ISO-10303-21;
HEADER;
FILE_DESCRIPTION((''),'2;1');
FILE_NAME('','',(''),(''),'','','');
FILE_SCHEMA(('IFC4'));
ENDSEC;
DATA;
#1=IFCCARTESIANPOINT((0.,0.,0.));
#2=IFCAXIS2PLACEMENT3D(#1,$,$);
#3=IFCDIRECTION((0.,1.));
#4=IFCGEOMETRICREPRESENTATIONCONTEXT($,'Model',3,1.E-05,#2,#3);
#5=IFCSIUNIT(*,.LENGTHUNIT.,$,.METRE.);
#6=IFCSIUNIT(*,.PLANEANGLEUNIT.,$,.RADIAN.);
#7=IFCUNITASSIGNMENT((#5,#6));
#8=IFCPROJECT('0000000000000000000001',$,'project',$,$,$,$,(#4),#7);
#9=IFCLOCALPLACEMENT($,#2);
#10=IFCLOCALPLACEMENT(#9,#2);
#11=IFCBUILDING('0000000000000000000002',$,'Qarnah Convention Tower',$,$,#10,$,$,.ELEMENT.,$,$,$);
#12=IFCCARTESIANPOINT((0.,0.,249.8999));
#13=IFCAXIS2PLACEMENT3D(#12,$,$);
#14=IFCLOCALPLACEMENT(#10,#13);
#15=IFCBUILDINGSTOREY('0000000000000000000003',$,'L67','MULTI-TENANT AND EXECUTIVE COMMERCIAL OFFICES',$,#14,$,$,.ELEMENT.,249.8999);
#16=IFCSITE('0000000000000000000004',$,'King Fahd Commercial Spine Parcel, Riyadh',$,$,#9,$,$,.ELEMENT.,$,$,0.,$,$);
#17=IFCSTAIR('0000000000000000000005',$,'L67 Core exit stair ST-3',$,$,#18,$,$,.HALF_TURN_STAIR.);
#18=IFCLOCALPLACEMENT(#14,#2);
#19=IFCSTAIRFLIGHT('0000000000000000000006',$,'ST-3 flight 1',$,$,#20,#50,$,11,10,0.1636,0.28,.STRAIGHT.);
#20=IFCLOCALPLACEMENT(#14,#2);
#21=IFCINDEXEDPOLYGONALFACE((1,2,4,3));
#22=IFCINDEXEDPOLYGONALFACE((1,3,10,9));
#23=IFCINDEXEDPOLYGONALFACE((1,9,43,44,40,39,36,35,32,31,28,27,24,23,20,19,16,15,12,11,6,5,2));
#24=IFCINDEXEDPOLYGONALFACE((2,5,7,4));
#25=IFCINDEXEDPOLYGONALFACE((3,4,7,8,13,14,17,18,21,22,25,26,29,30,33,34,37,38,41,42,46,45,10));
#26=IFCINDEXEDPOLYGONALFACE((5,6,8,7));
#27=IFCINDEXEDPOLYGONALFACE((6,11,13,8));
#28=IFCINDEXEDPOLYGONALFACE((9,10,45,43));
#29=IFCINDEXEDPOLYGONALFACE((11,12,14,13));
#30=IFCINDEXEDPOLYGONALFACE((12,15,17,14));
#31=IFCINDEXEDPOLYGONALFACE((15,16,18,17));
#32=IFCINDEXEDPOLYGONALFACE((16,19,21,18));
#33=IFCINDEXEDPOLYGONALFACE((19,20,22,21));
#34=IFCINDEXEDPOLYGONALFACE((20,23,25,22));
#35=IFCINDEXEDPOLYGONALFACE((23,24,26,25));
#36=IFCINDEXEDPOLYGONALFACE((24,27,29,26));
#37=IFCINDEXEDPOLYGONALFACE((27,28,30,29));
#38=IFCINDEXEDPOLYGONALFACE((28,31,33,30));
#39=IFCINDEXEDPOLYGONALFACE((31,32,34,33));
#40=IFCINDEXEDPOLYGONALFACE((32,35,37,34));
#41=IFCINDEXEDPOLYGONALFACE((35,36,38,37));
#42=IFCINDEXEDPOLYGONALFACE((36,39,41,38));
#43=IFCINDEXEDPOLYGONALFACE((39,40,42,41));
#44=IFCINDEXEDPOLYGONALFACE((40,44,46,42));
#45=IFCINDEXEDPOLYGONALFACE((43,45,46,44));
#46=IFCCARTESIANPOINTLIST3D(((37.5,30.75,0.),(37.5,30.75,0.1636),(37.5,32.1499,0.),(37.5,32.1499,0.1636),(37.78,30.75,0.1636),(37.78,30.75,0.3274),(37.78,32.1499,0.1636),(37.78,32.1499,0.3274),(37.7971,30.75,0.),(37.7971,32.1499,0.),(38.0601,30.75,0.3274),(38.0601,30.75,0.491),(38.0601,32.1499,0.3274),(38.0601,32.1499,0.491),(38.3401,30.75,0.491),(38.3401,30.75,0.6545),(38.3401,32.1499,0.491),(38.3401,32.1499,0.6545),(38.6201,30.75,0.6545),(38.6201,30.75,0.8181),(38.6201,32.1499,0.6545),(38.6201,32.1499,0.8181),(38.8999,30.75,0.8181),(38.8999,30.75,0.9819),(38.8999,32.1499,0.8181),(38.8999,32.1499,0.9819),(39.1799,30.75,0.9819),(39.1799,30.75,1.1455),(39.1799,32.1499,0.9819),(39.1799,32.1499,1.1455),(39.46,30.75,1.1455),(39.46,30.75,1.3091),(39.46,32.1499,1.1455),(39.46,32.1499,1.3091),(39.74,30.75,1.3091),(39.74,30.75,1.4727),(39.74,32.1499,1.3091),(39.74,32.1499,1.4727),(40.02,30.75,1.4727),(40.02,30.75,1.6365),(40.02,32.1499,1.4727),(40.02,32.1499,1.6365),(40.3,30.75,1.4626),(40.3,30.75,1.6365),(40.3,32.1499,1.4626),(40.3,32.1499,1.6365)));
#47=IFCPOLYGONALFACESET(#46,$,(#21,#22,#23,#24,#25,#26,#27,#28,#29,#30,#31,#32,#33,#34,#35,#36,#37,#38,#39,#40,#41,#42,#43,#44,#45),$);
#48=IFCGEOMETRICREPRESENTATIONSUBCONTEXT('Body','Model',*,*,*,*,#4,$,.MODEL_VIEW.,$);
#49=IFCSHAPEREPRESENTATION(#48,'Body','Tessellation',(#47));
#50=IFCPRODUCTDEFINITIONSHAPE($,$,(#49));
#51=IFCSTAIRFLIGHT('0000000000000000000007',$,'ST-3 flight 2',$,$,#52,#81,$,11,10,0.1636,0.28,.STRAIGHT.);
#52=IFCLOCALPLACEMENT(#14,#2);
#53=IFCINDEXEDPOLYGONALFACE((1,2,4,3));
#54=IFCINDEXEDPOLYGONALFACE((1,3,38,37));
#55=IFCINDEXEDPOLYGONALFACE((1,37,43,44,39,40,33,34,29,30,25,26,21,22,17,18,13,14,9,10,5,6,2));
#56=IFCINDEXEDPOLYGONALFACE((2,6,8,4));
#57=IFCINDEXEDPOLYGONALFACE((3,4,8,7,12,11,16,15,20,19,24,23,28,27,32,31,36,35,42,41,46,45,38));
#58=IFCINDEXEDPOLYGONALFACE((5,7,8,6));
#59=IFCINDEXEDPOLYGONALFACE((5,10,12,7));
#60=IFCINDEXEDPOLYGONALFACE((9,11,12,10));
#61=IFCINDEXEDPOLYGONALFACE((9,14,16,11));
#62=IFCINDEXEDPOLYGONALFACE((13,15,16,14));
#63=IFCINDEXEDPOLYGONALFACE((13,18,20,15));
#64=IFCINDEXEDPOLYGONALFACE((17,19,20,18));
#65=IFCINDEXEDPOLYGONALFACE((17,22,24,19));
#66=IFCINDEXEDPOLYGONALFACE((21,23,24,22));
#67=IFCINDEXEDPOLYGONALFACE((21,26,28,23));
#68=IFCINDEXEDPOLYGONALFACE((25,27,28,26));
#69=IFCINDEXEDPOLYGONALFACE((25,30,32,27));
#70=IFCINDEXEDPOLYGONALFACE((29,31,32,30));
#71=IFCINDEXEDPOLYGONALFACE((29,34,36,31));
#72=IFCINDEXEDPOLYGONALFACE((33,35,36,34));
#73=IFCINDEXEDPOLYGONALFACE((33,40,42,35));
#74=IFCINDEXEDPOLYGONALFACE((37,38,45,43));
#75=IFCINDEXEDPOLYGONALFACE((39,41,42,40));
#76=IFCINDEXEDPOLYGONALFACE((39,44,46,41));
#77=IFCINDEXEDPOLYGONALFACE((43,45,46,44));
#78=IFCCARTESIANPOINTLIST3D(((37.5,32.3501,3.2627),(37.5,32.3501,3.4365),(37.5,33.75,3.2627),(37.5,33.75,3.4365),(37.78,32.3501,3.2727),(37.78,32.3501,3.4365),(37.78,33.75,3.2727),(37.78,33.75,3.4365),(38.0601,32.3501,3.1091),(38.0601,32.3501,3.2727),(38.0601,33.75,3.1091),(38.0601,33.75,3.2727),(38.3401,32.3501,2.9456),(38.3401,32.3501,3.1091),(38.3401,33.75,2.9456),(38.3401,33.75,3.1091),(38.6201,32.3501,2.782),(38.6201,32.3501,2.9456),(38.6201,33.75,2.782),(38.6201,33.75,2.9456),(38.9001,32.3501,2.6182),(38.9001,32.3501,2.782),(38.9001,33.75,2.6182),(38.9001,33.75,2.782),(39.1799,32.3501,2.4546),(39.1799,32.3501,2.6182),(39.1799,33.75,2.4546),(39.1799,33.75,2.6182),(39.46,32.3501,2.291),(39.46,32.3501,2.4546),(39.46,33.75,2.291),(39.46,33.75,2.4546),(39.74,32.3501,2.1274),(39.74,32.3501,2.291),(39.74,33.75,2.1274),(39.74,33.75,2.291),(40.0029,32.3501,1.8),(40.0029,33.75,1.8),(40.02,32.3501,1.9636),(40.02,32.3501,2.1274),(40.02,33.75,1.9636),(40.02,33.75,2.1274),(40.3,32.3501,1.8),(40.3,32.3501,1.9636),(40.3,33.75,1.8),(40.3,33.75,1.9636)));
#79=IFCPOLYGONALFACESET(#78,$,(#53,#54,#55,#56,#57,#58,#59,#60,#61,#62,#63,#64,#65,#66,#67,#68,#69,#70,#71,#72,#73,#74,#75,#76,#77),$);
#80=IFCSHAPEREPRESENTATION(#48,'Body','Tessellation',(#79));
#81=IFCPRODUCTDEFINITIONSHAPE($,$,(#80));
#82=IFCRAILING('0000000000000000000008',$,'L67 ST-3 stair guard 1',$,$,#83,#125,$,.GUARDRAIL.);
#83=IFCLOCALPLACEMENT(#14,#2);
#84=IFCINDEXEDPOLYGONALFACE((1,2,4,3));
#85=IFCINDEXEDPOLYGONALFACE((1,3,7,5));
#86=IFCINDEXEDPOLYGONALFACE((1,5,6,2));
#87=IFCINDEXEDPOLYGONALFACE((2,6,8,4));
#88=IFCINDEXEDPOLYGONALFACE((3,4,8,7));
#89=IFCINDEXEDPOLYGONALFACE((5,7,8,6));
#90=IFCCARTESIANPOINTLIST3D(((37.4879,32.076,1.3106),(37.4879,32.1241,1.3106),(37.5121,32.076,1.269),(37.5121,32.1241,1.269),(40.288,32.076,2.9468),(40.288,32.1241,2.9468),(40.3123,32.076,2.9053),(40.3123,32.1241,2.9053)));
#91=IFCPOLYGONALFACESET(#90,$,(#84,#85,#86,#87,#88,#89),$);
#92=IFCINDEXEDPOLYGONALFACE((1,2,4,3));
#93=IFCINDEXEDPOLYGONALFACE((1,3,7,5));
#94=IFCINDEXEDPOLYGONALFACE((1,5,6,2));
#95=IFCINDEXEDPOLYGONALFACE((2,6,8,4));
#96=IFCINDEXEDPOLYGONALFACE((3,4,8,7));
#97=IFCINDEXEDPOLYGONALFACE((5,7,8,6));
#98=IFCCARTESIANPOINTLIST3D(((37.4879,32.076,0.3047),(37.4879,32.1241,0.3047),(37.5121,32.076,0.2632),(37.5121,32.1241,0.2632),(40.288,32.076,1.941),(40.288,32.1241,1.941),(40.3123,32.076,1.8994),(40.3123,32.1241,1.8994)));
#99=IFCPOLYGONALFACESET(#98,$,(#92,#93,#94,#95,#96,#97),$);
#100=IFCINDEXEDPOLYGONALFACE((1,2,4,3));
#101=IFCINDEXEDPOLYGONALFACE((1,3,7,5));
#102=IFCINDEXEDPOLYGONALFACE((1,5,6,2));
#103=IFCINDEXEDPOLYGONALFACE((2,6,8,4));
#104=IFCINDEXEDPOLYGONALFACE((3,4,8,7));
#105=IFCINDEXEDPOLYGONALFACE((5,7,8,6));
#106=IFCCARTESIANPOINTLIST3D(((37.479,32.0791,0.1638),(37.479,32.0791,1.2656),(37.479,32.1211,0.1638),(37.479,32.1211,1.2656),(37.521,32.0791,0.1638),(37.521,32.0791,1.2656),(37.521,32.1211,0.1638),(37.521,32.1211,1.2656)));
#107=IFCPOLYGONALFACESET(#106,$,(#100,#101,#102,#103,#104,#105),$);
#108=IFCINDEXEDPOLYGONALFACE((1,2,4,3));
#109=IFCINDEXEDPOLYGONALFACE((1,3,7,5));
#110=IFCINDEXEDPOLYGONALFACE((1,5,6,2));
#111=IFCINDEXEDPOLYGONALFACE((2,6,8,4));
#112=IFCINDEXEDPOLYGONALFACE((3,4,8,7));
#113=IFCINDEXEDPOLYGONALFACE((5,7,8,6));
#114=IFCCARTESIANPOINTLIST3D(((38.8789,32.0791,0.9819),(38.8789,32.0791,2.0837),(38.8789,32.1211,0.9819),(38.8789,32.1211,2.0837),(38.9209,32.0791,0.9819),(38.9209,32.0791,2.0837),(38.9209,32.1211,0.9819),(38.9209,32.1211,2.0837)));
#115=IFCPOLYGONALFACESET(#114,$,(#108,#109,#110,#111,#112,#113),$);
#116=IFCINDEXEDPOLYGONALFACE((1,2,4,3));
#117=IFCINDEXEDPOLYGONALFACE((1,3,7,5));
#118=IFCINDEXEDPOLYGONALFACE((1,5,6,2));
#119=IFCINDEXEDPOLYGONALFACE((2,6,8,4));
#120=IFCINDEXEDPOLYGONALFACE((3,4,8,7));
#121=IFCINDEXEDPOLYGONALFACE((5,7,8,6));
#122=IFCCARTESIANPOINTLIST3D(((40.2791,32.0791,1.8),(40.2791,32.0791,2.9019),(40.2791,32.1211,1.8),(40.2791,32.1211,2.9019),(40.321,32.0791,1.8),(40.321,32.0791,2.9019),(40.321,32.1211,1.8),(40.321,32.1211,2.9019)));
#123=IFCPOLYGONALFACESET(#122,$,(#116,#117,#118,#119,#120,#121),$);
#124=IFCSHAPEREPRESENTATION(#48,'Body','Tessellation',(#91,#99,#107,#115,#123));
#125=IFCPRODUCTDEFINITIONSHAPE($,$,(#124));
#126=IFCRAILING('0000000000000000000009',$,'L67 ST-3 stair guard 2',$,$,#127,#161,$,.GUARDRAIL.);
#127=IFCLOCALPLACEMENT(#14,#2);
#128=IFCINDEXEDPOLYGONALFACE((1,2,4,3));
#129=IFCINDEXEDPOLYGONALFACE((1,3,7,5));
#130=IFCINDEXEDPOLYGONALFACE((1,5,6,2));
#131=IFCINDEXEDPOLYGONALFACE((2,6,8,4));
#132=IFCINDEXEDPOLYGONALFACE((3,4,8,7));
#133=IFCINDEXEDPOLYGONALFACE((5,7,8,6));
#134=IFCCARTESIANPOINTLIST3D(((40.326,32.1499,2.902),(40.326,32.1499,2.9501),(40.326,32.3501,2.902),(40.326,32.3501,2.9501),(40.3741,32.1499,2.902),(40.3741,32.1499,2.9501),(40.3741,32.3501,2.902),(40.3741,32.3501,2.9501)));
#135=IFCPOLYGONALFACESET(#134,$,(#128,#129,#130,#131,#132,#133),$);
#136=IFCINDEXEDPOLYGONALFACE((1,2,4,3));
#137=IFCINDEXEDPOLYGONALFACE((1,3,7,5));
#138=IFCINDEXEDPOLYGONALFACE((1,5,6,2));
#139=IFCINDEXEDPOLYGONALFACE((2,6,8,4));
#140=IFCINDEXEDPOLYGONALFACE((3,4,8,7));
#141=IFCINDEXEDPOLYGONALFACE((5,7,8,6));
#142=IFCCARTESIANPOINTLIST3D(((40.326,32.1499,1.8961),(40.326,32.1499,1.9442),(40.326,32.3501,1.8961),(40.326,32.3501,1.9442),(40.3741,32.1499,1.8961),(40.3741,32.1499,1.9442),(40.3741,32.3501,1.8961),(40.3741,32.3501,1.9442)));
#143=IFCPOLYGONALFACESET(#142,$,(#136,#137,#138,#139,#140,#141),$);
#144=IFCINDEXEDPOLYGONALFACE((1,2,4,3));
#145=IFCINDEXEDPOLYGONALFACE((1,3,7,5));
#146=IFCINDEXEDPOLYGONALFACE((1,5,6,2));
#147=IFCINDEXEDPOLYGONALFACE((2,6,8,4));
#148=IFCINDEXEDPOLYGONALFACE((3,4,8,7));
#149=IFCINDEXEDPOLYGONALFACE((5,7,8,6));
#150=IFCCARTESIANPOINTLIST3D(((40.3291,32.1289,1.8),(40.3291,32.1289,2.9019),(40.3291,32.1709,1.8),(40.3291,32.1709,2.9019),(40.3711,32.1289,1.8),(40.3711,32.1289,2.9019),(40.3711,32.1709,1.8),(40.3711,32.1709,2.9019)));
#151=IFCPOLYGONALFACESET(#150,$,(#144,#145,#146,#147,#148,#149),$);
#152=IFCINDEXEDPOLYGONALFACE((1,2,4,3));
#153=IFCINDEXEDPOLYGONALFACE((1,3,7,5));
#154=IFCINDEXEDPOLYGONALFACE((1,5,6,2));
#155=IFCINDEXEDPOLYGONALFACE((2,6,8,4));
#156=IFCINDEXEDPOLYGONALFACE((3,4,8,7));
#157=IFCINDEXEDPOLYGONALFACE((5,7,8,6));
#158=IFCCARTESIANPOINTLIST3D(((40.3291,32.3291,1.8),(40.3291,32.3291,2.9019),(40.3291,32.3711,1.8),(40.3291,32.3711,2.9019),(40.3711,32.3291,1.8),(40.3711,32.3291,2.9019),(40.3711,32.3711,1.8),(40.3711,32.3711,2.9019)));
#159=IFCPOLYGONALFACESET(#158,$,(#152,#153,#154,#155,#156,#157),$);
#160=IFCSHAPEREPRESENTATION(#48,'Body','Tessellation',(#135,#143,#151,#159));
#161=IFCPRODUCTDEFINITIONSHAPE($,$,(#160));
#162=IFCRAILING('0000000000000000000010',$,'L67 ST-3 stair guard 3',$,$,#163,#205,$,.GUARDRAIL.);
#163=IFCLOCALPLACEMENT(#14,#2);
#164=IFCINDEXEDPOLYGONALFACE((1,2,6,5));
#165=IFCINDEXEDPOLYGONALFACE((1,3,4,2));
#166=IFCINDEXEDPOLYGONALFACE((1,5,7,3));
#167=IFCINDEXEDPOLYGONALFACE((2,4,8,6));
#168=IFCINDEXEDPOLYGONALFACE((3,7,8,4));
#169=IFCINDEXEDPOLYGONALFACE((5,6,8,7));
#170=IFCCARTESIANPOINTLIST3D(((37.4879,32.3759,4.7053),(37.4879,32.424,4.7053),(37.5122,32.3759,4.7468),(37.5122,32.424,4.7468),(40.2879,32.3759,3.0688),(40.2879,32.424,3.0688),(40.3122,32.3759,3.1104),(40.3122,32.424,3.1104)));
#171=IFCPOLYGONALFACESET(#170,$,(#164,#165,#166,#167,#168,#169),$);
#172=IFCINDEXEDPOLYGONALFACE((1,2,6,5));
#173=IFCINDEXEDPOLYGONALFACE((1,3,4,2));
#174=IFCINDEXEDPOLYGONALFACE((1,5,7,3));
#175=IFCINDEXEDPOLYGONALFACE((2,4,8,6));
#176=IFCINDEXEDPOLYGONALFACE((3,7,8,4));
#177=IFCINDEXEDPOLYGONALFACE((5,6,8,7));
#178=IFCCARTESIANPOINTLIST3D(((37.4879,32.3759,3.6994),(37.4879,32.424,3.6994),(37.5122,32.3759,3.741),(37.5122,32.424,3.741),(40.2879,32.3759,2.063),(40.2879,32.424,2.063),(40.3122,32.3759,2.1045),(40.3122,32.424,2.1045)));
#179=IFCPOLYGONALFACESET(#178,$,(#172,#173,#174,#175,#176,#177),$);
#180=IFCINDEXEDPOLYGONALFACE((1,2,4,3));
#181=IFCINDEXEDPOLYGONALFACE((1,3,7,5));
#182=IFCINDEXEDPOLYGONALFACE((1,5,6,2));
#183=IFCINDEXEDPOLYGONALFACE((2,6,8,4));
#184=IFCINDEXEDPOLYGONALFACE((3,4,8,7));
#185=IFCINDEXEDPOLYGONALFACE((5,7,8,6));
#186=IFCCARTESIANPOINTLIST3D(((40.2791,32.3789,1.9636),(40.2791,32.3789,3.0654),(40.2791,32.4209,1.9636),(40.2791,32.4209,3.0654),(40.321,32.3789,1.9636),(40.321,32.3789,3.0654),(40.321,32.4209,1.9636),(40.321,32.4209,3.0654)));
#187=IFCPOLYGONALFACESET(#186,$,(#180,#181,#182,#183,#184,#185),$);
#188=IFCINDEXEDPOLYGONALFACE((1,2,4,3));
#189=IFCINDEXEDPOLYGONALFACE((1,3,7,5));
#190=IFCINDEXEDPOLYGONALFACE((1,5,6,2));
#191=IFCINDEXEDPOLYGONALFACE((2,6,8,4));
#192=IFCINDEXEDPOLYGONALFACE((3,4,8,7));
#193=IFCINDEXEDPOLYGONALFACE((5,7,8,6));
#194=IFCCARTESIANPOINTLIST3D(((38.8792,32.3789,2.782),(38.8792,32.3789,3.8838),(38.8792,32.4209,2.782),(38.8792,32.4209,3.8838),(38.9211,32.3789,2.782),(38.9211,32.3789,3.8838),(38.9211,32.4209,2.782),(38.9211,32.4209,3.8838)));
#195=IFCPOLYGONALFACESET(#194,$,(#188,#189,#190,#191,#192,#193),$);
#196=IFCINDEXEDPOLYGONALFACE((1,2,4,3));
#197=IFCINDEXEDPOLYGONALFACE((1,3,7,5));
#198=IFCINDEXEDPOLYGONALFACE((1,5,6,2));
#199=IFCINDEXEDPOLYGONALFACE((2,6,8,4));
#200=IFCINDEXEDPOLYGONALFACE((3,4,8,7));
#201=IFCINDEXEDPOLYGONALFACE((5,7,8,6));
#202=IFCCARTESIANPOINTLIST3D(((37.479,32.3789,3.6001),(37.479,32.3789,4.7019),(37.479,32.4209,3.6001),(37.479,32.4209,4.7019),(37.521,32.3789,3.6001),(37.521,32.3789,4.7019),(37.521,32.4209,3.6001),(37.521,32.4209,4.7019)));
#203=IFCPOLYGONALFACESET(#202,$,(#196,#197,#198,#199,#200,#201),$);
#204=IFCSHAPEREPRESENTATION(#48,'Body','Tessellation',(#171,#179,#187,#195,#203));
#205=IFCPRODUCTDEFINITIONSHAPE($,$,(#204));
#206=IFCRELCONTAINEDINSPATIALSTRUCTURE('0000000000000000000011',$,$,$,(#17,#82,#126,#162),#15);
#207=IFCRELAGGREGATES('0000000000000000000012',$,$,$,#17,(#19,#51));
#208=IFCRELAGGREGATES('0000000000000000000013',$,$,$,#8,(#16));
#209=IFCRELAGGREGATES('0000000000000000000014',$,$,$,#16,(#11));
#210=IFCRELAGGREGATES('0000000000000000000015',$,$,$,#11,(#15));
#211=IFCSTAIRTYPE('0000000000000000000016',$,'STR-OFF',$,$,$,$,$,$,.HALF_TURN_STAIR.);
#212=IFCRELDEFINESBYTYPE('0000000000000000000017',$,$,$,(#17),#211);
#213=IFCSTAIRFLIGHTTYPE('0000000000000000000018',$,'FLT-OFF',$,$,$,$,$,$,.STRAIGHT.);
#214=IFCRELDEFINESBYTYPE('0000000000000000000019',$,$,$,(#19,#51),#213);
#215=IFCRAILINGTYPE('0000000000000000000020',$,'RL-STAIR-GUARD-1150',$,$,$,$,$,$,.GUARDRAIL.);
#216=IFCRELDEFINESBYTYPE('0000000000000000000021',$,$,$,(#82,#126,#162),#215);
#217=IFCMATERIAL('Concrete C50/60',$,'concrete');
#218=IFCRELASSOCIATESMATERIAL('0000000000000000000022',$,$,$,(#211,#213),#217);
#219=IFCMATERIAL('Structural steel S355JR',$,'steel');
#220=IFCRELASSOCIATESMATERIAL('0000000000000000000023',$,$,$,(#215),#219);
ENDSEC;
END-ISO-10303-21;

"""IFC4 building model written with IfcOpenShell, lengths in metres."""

from ifc_helpers import new_model, si_unit, direction, frame, origin, origin_2d, place, context, subcontext, project, spatial, polyline, rectangle, outline, extrude, material, type_object, element, aggregate, save


model = new_model("IFC4")

# Units and contexts
model_context = context("Model", 3, precision=1e-05, world=origin(), true_north=direction((0.0, 1.0)))
body_context = subcontext(model_context, "Body", "Model", "MODEL_VIEW")
ifc_project = project(units=[si_unit("LENGTHUNIT", "METRE"), si_unit("PLANEANGLEUNIT", "RADIAN")], contexts=[model_context])

# Site, building, storey
site_placement = place(None, origin())
site = spatial("IfcSite", under=ifc_project, at=site_placement, Name="King Fahd Commercial Spine Parcel, Riyadh", CompositionType="ELEMENT", RefElevation=0.0)
building_placement = place(site_placement, origin())
building = spatial("IfcBuilding", under=site, at=building_placement, Name="Qarnah Convention Tower", CompositionType="ELEMENT")
storey_placement = place(building_placement, frame((0.0, 0.0, 249.8999)))
storey = spatial("IfcBuildingStorey", under=building, at=storey_placement, Name="L67", Description="MULTI-TENANT AND EXECUTIVE COMMERCIAL OFFICES", CompositionType="ELEMENT", Elevation=249.8999)

# Shared definitions
ifc_material_1 = material(Name="Concrete C50/60", Category="concrete")

# Shared definitions
ifc_material_2 = material(Name="Structural steel S355JR", Category="steel")

# Stair, stair flights
stair_type = type_object("IfcStairType", Name="STR-OFF", PredefinedType="HALF_TURN_STAIR", material=ifc_material_1)
stair_placement = place(storey_placement, origin())
stair = element("IfcStair", 1, at=stair_placement, inside=storey, type_object=stair_type, Name="L67 Core exit stair ST-3", PredefinedType="HALF_TURN_STAIR")
stair_flight_type = type_object("IfcStairFlightType", Name="FLT-OFF", PredefinedType="STRAIGHT", material=ifc_material_1)
stair_flight_1_placement = place(storey_placement, frame((37.5, 31.45, 0.0), z_axis=(0.0, 0.0, 1.0), x_axis=(1.0, 0.0, 0.0)))
stair_flight_1 = element("IfcStairFlight", 2, at=stair_flight_1_placement, type_object=stair_flight_type, Name="ST-3 flight 1", NumberOfRisers=11, NumberOfTreads=10, PredefinedType="STRAIGHT", RiserHeight=0.1636, TreadLength=0.28, context=body_context, shape_type="SweptSolid", body=[
    extrude(outline(polyline([(0.0, 0.0), (0.0, 0.1636), (0.28, 0.1636), (0.28, 0.3274), (0.5601, 0.3274), (0.5601, 0.491), (0.8401, 0.491), (0.8401, 0.6545), (1.1201, 0.6545), (1.1201, 0.8181), (1.3999, 0.8181), (1.3999, 0.9819), (1.6799, 0.9819), (1.6799, 1.1455), (1.96, 1.1455), (1.96, 1.3091), (2.24, 1.3091), (2.24, 1.4727), (2.52, 1.4727), (2.52, 1.6365), (2.8, 1.6365), (2.8, 1.8), (2.8, 1.4626), (0.2971, 0.0), (0.0, 0.0)])), frame((0.0, 0.7, 0.0), z_axis=(0.0, -1.0, 0.0), x_axis=(1.0, 0.0, 0.0)), (0.0, 0.0, 1.0), 1.3999),
])
stair_flight_2_placement = place(storey_placement, frame((40.3, 33.05, 1.8), z_axis=(0.0, 0.0, 1.0), x_axis=(-1.0, 0.0, 0.0)))
stair_flight_2 = element("IfcStairFlight", 3, at=stair_flight_2_placement, type_object=stair_flight_type, Name="ST-3 flight 2", NumberOfRisers=11, NumberOfTreads=10, PredefinedType="STRAIGHT", RiserHeight=0.1636, TreadLength=0.28, context=body_context, shape_type="SweptSolid", body=[
    extrude(outline(polyline([(0.0, 0.0), (0.0, 0.1636), (0.28, 0.1636), (0.28, 0.3274), (0.5601, 0.3274), (0.5601, 0.491), (0.8401, 0.491), (0.8401, 0.6545), (1.1201, 0.6545), (1.1201, 0.8181), (1.3999, 0.8181), (1.3999, 0.9819), (1.6799, 0.9819), (1.6799, 1.1455), (1.96, 1.1455), (1.96, 1.3091), (2.24, 1.3091), (2.24, 1.4727), (2.52, 1.4727), (2.52, 1.6365), (2.8, 1.6365), (2.8, 1.8), (2.8, 1.4626), (0.2971, 0.0), (0.0, 0.0)])), frame((0.0, 0.7, 0.0), z_axis=(0.0, -1.0, 0.0), x_axis=(1.0, 0.0, 0.0)), (0.0, 0.0, 1.0), 1.3999),
])
aggregate(stair, [stair_flight_1, stair_flight_2])

# Railings
railing_type_1 = type_object("IfcRailingType", Name="RL-STAIR-GUARD-1150", PredefinedType="GUARDRAIL", material=ifc_material_2)
railing_1_placement = place(storey_placement, frame((37.5, 32.1001, 0.1638)))
element("IfcRailing", 4, at=railing_1_placement, inside=storey, type_object=railing_type_1, Name="L67 ST-3 stair guard 1", PredefinedType="GUARDRAIL", context=body_context, shape_type="SweptSolid", body=[
    extrude(rectangle(XDim=0.0481, YDim=0.0481, at=origin_2d()), frame((0.0, 0.0, 1.126), z_axis=(0.863394, 0.0, 0.504531), x_axis=(0.0, 1.0, 0.0)), (0.0, 0.0, 1.0), 3.2432),
    extrude(rectangle(XDim=0.0481, YDim=0.0481, at=origin_2d()), frame((0.0, 0.0, 0.1201), z_axis=(0.863394, 0.0, 0.504531), x_axis=(0.0, 1.0, 0.0)), (0.0, 0.0, 1.0), 3.2432),
    extrude(rectangle(XDim=0.042, YDim=0.042, at=origin_2d()), origin(), (0.0, 0.0, 1.0), 1.1018),
    extrude(rectangle(XDim=0.042, YDim=0.042, at=origin_2d()), frame((1.3999, 0.0, 0.8181)), (0.0, 0.0, 1.0), 1.1018),
    extrude(rectangle(XDim=0.042, YDim=0.042, at=origin_2d()), frame((2.8, 0.0, 1.6362)), (0.0, 0.0, 1.0), 1.1018),
])
railing_2_placement = place(storey_placement, frame((40.3501, 32.1499, 1.8)))
element("IfcRailing", 5, at=railing_2_placement, inside=storey, type_object=railing_type_1, Name="L67 ST-3 stair guard 2", PredefinedType="GUARDRAIL", context=body_context, shape_type="SweptSolid", body=[
    extrude(rectangle(XDim=0.0481, YDim=0.0481, at=origin_2d()), frame((0.0, 0.0, 1.126), z_axis=(0.0, 1.0, 0.0), x_axis=(-1.0, 0.0, 0.0)), (0.0, 0.0, 1.0), 0.2002),
    extrude(rectangle(XDim=0.0481, YDim=0.0481, at=origin_2d()), frame((0.0, 0.0, 0.1201), z_axis=(0.0, 1.0, 0.0), x_axis=(-1.0, 0.0, 0.0)), (0.0, 0.0, 1.0), 0.2002),
    extrude(rectangle(XDim=0.042, YDim=0.042, at=origin_2d()), origin(), (0.0, 0.0, 1.0), 1.1018),
    extrude(rectangle(XDim=0.042, YDim=0.042, at=origin_2d()), frame((0.0, 0.2002, 0.0)), (0.0, 0.0, 1.0), 1.1018),
])
railing_3_placement = place(storey_placement, frame((40.3, 32.3999, 1.9636)))
element("IfcRailing", 6, at=railing_3_placement, inside=storey, type_object=railing_type_1, Name="L67 ST-3 stair guard 3", PredefinedType="GUARDRAIL", context=body_context, shape_type="SweptSolid", body=[
    extrude(rectangle(XDim=0.0481, YDim=0.0481, at=origin_2d()), frame((0.0, 0.0, 1.126), z_axis=(-0.863361, 0.0, 0.504587), x_axis=(0.0, -1.0, 0.0)), (0.0, 0.0, 1.0), 3.2432),
    extrude(rectangle(XDim=0.0481, YDim=0.0481, at=origin_2d()), frame((0.0, 0.0, 0.1201), z_axis=(-0.863361, 0.0, 0.504587), x_axis=(0.0, -1.0, 0.0)), (0.0, 0.0, 1.0), 3.2432),
    extrude(rectangle(XDim=0.042, YDim=0.042, at=origin_2d()), origin(), (0.0, 0.0, 1.0), 1.1018),
    extrude(rectangle(XDim=0.042, YDim=0.042, at=origin_2d()), frame((-1.3999, 0.0, 0.8184)), (0.0, 0.0, 1.0), 1.1018),
    extrude(rectangle(XDim=0.042, YDim=0.042, at=origin_2d()), frame((-2.8, 0.0, 1.6365)), (0.0, 0.0, 1.0), 1.1018),
])

save(model, "model.ifc")
